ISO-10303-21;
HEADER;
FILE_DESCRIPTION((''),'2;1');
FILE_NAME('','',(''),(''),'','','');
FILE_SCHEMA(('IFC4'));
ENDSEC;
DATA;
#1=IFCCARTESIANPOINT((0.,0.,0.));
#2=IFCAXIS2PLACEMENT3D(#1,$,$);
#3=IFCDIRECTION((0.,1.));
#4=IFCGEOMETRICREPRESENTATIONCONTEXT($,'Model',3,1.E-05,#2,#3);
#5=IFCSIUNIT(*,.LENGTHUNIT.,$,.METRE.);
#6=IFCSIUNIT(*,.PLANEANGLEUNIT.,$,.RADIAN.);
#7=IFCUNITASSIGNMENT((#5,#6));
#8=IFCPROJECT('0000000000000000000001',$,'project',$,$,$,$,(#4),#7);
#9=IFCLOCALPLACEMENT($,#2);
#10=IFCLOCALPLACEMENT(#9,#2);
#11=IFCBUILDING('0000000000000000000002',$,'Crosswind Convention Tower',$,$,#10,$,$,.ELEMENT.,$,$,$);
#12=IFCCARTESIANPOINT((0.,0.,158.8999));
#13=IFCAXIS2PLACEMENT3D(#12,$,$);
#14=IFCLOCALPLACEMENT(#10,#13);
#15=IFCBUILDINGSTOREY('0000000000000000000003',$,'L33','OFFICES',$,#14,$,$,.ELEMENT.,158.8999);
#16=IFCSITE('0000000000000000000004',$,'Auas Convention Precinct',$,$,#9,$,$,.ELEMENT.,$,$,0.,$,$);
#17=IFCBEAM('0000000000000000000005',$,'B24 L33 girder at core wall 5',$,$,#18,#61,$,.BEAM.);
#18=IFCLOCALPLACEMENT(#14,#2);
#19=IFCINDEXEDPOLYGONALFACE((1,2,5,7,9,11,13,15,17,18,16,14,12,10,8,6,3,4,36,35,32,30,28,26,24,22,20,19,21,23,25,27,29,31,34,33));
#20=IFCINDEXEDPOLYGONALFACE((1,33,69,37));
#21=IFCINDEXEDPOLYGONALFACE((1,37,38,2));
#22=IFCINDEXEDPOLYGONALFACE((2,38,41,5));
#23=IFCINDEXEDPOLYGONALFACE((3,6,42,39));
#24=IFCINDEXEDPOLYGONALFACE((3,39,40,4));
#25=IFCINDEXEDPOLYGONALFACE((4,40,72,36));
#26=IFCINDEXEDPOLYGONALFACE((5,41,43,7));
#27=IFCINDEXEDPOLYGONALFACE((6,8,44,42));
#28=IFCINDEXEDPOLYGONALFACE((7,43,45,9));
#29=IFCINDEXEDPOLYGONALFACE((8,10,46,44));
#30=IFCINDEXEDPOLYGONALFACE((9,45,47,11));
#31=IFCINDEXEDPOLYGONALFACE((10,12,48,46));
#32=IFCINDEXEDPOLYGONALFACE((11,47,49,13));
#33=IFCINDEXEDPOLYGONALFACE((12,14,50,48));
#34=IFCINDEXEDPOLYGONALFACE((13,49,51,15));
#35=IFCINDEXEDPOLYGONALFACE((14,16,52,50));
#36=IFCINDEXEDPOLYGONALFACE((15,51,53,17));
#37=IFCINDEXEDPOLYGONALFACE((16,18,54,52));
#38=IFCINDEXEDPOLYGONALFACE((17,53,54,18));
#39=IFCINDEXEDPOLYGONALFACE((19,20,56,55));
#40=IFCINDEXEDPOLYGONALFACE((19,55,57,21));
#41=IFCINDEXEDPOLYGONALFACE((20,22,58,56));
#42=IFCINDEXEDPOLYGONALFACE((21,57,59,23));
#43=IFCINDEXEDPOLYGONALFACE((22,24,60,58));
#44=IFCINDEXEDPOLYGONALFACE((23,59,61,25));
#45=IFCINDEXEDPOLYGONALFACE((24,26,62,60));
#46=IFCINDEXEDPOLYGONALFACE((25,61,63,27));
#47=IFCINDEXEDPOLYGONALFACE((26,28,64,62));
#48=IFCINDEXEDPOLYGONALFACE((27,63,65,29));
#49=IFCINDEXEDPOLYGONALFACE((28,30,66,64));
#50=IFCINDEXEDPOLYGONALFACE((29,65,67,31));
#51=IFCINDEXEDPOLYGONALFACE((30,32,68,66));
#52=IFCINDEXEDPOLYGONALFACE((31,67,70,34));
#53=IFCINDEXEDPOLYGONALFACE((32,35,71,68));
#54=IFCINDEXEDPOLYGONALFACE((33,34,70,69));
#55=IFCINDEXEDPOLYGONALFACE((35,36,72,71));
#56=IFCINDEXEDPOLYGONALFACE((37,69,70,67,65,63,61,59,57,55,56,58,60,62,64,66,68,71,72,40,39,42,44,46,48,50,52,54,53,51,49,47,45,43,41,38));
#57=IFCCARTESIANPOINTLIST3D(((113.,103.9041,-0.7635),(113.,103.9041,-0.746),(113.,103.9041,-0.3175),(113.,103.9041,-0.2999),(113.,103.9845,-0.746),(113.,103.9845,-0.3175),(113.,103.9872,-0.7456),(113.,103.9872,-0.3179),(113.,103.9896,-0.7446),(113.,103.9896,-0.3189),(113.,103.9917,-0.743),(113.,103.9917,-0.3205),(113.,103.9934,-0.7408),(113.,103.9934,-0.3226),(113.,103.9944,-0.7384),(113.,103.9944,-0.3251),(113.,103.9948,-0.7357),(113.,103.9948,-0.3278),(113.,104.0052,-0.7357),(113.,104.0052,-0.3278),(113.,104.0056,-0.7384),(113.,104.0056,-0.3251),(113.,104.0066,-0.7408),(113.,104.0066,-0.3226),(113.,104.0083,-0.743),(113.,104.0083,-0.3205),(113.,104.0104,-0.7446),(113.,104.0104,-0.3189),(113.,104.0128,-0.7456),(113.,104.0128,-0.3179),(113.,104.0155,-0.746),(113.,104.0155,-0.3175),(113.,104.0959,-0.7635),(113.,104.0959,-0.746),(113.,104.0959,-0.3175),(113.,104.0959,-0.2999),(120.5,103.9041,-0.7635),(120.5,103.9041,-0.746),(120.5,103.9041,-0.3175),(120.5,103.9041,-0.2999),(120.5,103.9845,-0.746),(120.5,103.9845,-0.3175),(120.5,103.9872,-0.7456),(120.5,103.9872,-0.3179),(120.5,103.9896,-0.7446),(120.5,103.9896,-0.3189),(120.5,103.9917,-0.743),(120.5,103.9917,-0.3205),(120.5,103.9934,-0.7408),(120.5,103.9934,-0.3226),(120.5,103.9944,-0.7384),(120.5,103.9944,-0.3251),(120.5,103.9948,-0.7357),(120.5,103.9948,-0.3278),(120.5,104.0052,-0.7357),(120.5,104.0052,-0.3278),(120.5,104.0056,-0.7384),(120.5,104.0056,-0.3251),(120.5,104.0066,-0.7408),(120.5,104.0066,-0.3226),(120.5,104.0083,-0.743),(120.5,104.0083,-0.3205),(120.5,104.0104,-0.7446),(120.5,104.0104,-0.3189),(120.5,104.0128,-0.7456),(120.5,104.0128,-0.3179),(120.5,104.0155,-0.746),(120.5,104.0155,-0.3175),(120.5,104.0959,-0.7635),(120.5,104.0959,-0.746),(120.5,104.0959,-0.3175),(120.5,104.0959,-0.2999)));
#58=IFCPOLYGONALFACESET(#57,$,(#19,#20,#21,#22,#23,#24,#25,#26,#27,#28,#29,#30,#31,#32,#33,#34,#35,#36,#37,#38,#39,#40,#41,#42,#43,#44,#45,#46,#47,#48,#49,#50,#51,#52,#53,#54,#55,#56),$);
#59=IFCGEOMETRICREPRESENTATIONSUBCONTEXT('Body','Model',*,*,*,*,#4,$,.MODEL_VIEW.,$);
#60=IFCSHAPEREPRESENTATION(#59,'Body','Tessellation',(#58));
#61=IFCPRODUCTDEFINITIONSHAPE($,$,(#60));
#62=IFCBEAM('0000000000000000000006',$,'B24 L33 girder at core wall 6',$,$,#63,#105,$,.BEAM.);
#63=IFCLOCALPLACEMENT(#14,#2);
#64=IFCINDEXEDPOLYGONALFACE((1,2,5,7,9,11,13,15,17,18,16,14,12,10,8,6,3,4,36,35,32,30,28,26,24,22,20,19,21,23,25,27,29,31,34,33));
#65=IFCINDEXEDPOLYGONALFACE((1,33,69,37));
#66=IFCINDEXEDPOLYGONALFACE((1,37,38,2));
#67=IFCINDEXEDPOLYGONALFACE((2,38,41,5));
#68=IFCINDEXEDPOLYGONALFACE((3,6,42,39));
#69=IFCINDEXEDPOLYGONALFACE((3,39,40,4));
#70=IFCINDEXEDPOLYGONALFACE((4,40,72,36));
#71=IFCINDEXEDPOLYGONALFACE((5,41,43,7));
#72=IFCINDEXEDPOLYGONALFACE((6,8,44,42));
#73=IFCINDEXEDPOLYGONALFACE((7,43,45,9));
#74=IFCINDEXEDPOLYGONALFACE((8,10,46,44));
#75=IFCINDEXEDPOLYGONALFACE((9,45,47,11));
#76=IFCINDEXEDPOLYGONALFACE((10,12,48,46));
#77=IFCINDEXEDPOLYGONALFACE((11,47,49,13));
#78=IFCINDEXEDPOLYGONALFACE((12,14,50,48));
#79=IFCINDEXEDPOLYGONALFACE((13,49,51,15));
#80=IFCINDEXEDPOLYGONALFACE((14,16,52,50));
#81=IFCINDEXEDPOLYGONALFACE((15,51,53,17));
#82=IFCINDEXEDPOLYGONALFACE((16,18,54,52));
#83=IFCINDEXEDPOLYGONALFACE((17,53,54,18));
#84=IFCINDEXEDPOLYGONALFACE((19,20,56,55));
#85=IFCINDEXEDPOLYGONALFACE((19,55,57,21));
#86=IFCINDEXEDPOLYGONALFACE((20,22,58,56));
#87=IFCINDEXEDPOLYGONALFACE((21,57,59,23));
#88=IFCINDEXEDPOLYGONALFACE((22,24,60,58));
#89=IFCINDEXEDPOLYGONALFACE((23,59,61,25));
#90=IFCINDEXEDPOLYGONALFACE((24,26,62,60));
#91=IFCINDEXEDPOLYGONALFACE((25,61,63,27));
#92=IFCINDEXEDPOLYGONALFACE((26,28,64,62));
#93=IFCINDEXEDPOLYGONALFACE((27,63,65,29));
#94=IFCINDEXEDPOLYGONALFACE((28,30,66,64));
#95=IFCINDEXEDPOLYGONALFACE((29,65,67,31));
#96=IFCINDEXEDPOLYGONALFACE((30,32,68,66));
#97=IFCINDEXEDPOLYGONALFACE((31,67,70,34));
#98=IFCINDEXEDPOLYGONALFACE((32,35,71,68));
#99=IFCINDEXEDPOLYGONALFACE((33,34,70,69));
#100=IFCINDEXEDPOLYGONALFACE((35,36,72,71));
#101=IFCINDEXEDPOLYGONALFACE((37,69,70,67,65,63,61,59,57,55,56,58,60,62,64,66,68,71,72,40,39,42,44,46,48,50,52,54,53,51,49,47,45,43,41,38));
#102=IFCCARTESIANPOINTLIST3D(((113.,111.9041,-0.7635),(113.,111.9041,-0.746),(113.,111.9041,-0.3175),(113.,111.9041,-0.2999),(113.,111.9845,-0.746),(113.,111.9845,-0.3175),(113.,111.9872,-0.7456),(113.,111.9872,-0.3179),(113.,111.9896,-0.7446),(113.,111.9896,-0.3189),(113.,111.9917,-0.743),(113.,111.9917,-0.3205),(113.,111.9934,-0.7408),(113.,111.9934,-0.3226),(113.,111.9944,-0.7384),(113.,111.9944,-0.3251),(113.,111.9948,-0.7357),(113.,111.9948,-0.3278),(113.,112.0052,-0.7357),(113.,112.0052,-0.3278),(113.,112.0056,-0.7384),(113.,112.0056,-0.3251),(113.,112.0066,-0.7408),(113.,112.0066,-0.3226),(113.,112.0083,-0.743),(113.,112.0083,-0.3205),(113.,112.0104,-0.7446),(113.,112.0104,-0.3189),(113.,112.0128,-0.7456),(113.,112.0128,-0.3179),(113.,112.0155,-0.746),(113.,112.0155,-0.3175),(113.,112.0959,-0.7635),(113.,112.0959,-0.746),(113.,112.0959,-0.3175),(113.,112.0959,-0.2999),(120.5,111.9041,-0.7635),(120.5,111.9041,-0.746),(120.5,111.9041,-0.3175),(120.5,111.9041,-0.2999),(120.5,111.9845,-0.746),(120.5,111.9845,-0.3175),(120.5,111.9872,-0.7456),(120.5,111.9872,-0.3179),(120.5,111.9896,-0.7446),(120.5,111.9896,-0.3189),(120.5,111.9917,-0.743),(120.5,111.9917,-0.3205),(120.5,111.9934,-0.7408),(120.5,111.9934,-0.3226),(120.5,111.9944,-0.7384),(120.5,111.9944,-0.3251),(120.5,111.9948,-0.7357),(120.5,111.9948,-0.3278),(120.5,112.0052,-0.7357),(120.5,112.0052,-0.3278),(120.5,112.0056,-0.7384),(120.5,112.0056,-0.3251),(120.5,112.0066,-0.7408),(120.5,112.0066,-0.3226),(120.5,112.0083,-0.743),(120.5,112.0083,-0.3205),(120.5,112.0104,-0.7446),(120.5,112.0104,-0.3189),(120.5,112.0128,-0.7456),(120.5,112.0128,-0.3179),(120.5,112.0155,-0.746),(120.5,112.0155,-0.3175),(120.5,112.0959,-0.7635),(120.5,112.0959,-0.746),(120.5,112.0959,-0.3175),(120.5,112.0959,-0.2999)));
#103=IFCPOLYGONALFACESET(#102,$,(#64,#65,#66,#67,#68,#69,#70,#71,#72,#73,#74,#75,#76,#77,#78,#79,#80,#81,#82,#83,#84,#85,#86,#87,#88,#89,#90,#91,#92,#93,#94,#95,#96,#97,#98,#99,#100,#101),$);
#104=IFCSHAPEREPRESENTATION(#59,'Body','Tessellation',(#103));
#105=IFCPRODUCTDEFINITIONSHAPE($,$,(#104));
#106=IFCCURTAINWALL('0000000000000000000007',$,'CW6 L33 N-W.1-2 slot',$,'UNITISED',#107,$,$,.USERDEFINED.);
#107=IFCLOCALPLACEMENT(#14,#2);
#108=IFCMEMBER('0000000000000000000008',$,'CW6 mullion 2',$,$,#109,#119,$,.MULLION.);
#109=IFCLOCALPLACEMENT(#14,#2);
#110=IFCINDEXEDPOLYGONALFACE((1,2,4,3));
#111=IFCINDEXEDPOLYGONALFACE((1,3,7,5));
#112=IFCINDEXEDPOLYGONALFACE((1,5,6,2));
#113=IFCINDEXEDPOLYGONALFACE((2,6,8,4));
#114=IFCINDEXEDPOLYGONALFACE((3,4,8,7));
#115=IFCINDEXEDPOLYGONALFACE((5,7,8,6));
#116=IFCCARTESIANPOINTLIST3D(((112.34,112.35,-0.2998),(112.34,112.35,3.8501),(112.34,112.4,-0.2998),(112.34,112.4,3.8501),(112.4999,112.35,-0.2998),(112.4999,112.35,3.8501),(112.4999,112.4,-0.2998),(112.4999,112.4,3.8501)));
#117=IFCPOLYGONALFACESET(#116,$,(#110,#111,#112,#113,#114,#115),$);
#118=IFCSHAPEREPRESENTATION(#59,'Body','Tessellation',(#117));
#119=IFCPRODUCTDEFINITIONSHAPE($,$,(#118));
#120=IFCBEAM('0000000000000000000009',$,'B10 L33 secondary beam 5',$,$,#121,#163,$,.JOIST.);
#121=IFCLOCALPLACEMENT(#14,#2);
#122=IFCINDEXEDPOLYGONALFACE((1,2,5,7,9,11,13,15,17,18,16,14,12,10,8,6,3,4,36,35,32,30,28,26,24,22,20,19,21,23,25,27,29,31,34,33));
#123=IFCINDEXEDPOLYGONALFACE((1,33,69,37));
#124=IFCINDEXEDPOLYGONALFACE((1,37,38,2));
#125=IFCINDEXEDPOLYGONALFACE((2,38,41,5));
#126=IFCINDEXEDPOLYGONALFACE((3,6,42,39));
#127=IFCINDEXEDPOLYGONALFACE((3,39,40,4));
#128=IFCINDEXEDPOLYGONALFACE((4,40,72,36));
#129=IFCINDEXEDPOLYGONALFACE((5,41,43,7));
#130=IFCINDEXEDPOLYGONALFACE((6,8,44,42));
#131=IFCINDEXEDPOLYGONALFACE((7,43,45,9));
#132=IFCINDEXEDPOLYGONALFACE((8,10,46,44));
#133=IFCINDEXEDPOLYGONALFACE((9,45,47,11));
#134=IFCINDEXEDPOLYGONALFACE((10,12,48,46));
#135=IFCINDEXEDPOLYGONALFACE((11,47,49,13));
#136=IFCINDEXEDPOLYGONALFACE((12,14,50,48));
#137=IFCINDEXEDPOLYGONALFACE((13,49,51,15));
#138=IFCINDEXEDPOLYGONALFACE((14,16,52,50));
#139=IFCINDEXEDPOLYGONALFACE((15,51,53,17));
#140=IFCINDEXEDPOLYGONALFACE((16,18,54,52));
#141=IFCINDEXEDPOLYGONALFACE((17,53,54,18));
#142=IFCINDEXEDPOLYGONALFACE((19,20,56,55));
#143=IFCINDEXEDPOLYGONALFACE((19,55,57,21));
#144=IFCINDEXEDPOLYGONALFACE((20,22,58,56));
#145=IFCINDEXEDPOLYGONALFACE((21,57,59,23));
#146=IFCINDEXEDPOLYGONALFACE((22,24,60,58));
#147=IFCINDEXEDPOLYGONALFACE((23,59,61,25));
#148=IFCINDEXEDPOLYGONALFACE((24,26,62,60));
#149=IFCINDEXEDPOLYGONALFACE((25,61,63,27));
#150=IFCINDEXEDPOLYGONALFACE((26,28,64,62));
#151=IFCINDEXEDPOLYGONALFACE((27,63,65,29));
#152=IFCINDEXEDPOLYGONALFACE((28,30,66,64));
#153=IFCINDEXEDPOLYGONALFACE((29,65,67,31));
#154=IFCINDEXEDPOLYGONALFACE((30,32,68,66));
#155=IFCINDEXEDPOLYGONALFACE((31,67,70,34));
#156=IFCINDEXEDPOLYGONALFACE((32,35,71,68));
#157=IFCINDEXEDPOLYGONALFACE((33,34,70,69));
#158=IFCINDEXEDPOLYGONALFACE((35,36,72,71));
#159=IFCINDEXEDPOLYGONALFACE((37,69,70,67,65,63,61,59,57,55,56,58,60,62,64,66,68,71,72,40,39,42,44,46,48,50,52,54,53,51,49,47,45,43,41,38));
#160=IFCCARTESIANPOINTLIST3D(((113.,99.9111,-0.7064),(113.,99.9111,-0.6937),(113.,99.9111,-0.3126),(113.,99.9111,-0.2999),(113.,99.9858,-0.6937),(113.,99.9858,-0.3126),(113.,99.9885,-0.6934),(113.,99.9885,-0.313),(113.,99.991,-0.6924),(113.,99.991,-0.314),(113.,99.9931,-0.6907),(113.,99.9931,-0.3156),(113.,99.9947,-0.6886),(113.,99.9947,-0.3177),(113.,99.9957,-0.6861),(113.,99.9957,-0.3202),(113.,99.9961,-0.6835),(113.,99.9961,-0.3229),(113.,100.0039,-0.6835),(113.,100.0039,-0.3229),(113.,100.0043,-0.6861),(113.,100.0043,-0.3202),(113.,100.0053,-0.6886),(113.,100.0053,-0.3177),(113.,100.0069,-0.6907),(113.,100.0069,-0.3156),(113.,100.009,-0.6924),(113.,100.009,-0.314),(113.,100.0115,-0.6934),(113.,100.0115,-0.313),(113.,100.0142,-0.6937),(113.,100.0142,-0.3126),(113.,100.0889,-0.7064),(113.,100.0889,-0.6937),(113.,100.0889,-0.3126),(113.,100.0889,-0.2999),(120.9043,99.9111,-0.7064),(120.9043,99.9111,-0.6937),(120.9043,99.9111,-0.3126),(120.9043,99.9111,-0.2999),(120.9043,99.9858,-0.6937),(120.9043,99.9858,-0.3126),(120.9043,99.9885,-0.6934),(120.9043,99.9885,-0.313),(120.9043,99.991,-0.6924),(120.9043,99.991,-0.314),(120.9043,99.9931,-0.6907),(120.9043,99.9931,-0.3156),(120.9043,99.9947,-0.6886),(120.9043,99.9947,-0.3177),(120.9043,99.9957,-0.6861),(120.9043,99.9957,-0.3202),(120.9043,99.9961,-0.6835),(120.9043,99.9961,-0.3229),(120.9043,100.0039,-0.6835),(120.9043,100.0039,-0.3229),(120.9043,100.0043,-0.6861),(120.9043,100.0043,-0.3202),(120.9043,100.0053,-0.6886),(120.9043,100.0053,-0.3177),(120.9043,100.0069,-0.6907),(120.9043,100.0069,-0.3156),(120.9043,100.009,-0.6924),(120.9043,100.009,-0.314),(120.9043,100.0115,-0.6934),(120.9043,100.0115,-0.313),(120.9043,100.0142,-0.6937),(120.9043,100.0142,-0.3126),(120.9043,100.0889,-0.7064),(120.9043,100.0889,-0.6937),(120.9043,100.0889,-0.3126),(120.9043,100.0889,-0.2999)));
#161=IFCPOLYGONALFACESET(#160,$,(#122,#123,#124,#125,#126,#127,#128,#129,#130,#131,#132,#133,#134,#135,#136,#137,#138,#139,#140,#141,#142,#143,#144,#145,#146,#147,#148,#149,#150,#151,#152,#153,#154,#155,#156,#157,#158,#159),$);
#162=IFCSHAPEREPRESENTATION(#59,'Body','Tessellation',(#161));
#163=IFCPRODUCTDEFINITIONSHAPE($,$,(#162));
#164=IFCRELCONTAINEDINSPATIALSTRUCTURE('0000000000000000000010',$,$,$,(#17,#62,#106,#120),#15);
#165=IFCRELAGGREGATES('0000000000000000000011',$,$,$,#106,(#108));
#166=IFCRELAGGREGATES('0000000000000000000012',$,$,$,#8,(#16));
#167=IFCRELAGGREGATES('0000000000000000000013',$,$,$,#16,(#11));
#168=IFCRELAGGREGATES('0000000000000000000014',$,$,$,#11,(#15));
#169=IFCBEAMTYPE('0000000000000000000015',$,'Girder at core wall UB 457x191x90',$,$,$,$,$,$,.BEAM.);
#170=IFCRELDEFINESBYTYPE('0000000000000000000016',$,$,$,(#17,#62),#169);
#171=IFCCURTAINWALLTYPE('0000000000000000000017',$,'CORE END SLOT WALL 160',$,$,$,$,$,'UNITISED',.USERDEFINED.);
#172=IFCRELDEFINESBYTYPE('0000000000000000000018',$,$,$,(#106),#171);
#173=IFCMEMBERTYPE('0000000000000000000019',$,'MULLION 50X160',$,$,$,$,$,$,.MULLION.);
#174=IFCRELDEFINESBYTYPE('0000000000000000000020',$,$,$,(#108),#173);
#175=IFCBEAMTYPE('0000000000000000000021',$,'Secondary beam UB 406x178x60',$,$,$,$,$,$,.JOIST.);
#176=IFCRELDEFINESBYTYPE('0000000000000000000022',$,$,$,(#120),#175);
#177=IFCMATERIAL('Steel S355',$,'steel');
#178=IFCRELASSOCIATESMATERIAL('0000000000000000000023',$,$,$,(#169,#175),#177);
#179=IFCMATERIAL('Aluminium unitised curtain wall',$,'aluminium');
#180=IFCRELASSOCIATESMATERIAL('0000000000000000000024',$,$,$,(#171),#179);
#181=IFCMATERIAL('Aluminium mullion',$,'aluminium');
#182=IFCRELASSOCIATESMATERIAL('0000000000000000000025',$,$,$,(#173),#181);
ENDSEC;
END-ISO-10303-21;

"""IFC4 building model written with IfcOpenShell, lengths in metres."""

from ifc_helpers import new_model, si_unit, direction, frame, origin, origin_2d, place, context, subcontext, project, spatial, rectangle, i_section, extrude, material, material_profile, profile_set, type_object, element, aggregate, save


model = new_model("IFC4")

# Units and contexts
model_context = context("Model", 3, precision=1e-05, world=origin(), true_north=direction((0.0, 1.0)))
body_context = subcontext(model_context, "Body", "Model", "MODEL_VIEW")
ifc_project = project(units=[si_unit("LENGTHUNIT", "METRE"), si_unit("PLANEANGLEUNIT", "RADIAN")], contexts=[model_context])

# Site, building, storey
site_placement = place(None, origin())
site = spatial("IfcSite", under=ifc_project, at=site_placement, Name="Auas Convention Precinct", CompositionType="ELEMENT", RefElevation=0.0)
building_placement = place(site_placement, origin())
building = spatial("IfcBuilding", under=site, at=building_placement, Name="Crosswind Convention Tower", CompositionType="ELEMENT")
storey_placement = place(building_placement, frame((0.0, 0.0, 158.8999)))
storey = spatial("IfcBuildingStorey", under=building, at=storey_placement, Name="L33", Description="OFFICES", CompositionType="ELEMENT", Elevation=158.8999)

# Beams
ifc_material_1 = material(Name="Steel S355", Category="steel")
ifc_material_profile_1 = material_profile(ifc_material_1, i_section(OverallWidth=0.1919, OverallDepth=0.4636, WebThickness=0.0105, FlangeThickness=0.0176, FilletRadius=0.0103, at=origin_2d()), Name="UB 457x191x90")
ifc_profile_set_1 = profile_set([ifc_material_profile_1], Name="Steel S355")
beam_type_1 = type_object("IfcBeamType", Name="Girder at core wall UB 457x191x90", PredefinedType="BEAM", material=ifc_profile_set_1)
for number, where, z_axis, x_axis, name in (
    (1, (113.0, 104.0, -0.5317), (1.0, 0.0, 0.0), (0.0, 1.0, 0.0), "B24 L33 girder at core wall 5"),
    (2, (113.0, 112.0, -0.5317), (1.0, 0.0, 0.0), (0.0, 1.0, 0.0), "B24 L33 girder at core wall 6"),
):
    element("IfcBeam", number, at=place(storey_placement, frame(where, z_axis=z_axis, x_axis=x_axis)), inside=storey, type_object=beam_type_1, Name=name, PredefinedType="BEAM", context=body_context, shape_type="SweptSolid", body=[
        extrude(i_section(OverallWidth=0.1919, OverallDepth=0.4636, WebThickness=0.0105, FlangeThickness=0.0176, FilletRadius=0.0103, at=origin_2d()), origin(), (0.0, 0.0, 1.0), 7.5),
    ])

# Curtain wall, member
ifc_material_2 = material(Name="Aluminium unitised curtain wall", Category="aluminium")
curtain_wall_type = type_object("IfcCurtainWallType", Name="CORE END SLOT WALL 160", ElementType="UNITISED", PredefinedType="USERDEFINED", material=ifc_material_2)
curtain_wall_placement = place(storey_placement, origin())
curtain_wall = element("IfcCurtainWall", 3, at=curtain_wall_placement, inside=storey, type_object=curtain_wall_type, Name="CW6 L33 N-W.1-2 slot", ObjectType="UNITISED", PredefinedType="USERDEFINED")
ifc_material_3 = material(Name="Aluminium mullion", Category="aluminium")
ifc_material_profile_2 = material_profile(ifc_material_3, rectangle(XDim=0.1599, YDim=0.05, at=origin_2d()), Name="AL 160X50")
ifc_profile_set_2 = profile_set([ifc_material_profile_2], Name="Aluminium mullion")
member_type = type_object("IfcMemberType", Name="MULLION 50X160", PredefinedType="MULLION", material=ifc_profile_set_2)
member_placement = place(storey_placement, frame((112.4199, 112.375, -0.2998), z_axis=(0.0, 0.0, 1.0), x_axis=(-1.0, 0.0, 0.0)))
member = element("IfcMember", 4, at=member_placement, type_object=member_type, Name="CW6 mullion 2", PredefinedType="MULLION", context=body_context, shape_type="SweptSolid", body=[
    extrude(rectangle(XDim=0.1599, YDim=0.05, at=origin_2d()), origin(), (0.0, 0.0, 1.0), 4.1499),
])
aggregate(curtain_wall, [member])

# Beam
ifc_material_profile_3 = material_profile(ifc_material_1, i_section(OverallWidth=0.1777, OverallDepth=0.4065, WebThickness=0.0078, FlangeThickness=0.0127, FilletRadius=0.0103, at=origin_2d()), Name="UB 406x178x60")
ifc_profile_set_3 = profile_set([ifc_material_profile_3], Name="Steel S355")
beam_type_2 = type_object("IfcBeamType", Name="Secondary beam UB 406x178x60", PredefinedType="JOIST", material=ifc_profile_set_3)
for number, where, z_axis, x_axis, name in (
    (5, (113.0, 100.0, -0.5032), (1.0, 0.0, 0.0), (0.0, 1.0, 0.0), "B10 L33 secondary beam 5"),
):
    element("IfcBeam", number, at=place(storey_placement, frame(where, z_axis=z_axis, x_axis=x_axis)), inside=storey, type_object=beam_type_2, Name=name, PredefinedType="JOIST", context=body_context, shape_type="SweptSolid", body=[
        extrude(i_section(OverallWidth=0.1777, OverallDepth=0.4065, WebThickness=0.0078, FlangeThickness=0.0127, FilletRadius=0.0103, at=origin_2d()), origin(), (0.0, 0.0, 1.0), 7.9043),
    ])

save(model, "model.ifc")
